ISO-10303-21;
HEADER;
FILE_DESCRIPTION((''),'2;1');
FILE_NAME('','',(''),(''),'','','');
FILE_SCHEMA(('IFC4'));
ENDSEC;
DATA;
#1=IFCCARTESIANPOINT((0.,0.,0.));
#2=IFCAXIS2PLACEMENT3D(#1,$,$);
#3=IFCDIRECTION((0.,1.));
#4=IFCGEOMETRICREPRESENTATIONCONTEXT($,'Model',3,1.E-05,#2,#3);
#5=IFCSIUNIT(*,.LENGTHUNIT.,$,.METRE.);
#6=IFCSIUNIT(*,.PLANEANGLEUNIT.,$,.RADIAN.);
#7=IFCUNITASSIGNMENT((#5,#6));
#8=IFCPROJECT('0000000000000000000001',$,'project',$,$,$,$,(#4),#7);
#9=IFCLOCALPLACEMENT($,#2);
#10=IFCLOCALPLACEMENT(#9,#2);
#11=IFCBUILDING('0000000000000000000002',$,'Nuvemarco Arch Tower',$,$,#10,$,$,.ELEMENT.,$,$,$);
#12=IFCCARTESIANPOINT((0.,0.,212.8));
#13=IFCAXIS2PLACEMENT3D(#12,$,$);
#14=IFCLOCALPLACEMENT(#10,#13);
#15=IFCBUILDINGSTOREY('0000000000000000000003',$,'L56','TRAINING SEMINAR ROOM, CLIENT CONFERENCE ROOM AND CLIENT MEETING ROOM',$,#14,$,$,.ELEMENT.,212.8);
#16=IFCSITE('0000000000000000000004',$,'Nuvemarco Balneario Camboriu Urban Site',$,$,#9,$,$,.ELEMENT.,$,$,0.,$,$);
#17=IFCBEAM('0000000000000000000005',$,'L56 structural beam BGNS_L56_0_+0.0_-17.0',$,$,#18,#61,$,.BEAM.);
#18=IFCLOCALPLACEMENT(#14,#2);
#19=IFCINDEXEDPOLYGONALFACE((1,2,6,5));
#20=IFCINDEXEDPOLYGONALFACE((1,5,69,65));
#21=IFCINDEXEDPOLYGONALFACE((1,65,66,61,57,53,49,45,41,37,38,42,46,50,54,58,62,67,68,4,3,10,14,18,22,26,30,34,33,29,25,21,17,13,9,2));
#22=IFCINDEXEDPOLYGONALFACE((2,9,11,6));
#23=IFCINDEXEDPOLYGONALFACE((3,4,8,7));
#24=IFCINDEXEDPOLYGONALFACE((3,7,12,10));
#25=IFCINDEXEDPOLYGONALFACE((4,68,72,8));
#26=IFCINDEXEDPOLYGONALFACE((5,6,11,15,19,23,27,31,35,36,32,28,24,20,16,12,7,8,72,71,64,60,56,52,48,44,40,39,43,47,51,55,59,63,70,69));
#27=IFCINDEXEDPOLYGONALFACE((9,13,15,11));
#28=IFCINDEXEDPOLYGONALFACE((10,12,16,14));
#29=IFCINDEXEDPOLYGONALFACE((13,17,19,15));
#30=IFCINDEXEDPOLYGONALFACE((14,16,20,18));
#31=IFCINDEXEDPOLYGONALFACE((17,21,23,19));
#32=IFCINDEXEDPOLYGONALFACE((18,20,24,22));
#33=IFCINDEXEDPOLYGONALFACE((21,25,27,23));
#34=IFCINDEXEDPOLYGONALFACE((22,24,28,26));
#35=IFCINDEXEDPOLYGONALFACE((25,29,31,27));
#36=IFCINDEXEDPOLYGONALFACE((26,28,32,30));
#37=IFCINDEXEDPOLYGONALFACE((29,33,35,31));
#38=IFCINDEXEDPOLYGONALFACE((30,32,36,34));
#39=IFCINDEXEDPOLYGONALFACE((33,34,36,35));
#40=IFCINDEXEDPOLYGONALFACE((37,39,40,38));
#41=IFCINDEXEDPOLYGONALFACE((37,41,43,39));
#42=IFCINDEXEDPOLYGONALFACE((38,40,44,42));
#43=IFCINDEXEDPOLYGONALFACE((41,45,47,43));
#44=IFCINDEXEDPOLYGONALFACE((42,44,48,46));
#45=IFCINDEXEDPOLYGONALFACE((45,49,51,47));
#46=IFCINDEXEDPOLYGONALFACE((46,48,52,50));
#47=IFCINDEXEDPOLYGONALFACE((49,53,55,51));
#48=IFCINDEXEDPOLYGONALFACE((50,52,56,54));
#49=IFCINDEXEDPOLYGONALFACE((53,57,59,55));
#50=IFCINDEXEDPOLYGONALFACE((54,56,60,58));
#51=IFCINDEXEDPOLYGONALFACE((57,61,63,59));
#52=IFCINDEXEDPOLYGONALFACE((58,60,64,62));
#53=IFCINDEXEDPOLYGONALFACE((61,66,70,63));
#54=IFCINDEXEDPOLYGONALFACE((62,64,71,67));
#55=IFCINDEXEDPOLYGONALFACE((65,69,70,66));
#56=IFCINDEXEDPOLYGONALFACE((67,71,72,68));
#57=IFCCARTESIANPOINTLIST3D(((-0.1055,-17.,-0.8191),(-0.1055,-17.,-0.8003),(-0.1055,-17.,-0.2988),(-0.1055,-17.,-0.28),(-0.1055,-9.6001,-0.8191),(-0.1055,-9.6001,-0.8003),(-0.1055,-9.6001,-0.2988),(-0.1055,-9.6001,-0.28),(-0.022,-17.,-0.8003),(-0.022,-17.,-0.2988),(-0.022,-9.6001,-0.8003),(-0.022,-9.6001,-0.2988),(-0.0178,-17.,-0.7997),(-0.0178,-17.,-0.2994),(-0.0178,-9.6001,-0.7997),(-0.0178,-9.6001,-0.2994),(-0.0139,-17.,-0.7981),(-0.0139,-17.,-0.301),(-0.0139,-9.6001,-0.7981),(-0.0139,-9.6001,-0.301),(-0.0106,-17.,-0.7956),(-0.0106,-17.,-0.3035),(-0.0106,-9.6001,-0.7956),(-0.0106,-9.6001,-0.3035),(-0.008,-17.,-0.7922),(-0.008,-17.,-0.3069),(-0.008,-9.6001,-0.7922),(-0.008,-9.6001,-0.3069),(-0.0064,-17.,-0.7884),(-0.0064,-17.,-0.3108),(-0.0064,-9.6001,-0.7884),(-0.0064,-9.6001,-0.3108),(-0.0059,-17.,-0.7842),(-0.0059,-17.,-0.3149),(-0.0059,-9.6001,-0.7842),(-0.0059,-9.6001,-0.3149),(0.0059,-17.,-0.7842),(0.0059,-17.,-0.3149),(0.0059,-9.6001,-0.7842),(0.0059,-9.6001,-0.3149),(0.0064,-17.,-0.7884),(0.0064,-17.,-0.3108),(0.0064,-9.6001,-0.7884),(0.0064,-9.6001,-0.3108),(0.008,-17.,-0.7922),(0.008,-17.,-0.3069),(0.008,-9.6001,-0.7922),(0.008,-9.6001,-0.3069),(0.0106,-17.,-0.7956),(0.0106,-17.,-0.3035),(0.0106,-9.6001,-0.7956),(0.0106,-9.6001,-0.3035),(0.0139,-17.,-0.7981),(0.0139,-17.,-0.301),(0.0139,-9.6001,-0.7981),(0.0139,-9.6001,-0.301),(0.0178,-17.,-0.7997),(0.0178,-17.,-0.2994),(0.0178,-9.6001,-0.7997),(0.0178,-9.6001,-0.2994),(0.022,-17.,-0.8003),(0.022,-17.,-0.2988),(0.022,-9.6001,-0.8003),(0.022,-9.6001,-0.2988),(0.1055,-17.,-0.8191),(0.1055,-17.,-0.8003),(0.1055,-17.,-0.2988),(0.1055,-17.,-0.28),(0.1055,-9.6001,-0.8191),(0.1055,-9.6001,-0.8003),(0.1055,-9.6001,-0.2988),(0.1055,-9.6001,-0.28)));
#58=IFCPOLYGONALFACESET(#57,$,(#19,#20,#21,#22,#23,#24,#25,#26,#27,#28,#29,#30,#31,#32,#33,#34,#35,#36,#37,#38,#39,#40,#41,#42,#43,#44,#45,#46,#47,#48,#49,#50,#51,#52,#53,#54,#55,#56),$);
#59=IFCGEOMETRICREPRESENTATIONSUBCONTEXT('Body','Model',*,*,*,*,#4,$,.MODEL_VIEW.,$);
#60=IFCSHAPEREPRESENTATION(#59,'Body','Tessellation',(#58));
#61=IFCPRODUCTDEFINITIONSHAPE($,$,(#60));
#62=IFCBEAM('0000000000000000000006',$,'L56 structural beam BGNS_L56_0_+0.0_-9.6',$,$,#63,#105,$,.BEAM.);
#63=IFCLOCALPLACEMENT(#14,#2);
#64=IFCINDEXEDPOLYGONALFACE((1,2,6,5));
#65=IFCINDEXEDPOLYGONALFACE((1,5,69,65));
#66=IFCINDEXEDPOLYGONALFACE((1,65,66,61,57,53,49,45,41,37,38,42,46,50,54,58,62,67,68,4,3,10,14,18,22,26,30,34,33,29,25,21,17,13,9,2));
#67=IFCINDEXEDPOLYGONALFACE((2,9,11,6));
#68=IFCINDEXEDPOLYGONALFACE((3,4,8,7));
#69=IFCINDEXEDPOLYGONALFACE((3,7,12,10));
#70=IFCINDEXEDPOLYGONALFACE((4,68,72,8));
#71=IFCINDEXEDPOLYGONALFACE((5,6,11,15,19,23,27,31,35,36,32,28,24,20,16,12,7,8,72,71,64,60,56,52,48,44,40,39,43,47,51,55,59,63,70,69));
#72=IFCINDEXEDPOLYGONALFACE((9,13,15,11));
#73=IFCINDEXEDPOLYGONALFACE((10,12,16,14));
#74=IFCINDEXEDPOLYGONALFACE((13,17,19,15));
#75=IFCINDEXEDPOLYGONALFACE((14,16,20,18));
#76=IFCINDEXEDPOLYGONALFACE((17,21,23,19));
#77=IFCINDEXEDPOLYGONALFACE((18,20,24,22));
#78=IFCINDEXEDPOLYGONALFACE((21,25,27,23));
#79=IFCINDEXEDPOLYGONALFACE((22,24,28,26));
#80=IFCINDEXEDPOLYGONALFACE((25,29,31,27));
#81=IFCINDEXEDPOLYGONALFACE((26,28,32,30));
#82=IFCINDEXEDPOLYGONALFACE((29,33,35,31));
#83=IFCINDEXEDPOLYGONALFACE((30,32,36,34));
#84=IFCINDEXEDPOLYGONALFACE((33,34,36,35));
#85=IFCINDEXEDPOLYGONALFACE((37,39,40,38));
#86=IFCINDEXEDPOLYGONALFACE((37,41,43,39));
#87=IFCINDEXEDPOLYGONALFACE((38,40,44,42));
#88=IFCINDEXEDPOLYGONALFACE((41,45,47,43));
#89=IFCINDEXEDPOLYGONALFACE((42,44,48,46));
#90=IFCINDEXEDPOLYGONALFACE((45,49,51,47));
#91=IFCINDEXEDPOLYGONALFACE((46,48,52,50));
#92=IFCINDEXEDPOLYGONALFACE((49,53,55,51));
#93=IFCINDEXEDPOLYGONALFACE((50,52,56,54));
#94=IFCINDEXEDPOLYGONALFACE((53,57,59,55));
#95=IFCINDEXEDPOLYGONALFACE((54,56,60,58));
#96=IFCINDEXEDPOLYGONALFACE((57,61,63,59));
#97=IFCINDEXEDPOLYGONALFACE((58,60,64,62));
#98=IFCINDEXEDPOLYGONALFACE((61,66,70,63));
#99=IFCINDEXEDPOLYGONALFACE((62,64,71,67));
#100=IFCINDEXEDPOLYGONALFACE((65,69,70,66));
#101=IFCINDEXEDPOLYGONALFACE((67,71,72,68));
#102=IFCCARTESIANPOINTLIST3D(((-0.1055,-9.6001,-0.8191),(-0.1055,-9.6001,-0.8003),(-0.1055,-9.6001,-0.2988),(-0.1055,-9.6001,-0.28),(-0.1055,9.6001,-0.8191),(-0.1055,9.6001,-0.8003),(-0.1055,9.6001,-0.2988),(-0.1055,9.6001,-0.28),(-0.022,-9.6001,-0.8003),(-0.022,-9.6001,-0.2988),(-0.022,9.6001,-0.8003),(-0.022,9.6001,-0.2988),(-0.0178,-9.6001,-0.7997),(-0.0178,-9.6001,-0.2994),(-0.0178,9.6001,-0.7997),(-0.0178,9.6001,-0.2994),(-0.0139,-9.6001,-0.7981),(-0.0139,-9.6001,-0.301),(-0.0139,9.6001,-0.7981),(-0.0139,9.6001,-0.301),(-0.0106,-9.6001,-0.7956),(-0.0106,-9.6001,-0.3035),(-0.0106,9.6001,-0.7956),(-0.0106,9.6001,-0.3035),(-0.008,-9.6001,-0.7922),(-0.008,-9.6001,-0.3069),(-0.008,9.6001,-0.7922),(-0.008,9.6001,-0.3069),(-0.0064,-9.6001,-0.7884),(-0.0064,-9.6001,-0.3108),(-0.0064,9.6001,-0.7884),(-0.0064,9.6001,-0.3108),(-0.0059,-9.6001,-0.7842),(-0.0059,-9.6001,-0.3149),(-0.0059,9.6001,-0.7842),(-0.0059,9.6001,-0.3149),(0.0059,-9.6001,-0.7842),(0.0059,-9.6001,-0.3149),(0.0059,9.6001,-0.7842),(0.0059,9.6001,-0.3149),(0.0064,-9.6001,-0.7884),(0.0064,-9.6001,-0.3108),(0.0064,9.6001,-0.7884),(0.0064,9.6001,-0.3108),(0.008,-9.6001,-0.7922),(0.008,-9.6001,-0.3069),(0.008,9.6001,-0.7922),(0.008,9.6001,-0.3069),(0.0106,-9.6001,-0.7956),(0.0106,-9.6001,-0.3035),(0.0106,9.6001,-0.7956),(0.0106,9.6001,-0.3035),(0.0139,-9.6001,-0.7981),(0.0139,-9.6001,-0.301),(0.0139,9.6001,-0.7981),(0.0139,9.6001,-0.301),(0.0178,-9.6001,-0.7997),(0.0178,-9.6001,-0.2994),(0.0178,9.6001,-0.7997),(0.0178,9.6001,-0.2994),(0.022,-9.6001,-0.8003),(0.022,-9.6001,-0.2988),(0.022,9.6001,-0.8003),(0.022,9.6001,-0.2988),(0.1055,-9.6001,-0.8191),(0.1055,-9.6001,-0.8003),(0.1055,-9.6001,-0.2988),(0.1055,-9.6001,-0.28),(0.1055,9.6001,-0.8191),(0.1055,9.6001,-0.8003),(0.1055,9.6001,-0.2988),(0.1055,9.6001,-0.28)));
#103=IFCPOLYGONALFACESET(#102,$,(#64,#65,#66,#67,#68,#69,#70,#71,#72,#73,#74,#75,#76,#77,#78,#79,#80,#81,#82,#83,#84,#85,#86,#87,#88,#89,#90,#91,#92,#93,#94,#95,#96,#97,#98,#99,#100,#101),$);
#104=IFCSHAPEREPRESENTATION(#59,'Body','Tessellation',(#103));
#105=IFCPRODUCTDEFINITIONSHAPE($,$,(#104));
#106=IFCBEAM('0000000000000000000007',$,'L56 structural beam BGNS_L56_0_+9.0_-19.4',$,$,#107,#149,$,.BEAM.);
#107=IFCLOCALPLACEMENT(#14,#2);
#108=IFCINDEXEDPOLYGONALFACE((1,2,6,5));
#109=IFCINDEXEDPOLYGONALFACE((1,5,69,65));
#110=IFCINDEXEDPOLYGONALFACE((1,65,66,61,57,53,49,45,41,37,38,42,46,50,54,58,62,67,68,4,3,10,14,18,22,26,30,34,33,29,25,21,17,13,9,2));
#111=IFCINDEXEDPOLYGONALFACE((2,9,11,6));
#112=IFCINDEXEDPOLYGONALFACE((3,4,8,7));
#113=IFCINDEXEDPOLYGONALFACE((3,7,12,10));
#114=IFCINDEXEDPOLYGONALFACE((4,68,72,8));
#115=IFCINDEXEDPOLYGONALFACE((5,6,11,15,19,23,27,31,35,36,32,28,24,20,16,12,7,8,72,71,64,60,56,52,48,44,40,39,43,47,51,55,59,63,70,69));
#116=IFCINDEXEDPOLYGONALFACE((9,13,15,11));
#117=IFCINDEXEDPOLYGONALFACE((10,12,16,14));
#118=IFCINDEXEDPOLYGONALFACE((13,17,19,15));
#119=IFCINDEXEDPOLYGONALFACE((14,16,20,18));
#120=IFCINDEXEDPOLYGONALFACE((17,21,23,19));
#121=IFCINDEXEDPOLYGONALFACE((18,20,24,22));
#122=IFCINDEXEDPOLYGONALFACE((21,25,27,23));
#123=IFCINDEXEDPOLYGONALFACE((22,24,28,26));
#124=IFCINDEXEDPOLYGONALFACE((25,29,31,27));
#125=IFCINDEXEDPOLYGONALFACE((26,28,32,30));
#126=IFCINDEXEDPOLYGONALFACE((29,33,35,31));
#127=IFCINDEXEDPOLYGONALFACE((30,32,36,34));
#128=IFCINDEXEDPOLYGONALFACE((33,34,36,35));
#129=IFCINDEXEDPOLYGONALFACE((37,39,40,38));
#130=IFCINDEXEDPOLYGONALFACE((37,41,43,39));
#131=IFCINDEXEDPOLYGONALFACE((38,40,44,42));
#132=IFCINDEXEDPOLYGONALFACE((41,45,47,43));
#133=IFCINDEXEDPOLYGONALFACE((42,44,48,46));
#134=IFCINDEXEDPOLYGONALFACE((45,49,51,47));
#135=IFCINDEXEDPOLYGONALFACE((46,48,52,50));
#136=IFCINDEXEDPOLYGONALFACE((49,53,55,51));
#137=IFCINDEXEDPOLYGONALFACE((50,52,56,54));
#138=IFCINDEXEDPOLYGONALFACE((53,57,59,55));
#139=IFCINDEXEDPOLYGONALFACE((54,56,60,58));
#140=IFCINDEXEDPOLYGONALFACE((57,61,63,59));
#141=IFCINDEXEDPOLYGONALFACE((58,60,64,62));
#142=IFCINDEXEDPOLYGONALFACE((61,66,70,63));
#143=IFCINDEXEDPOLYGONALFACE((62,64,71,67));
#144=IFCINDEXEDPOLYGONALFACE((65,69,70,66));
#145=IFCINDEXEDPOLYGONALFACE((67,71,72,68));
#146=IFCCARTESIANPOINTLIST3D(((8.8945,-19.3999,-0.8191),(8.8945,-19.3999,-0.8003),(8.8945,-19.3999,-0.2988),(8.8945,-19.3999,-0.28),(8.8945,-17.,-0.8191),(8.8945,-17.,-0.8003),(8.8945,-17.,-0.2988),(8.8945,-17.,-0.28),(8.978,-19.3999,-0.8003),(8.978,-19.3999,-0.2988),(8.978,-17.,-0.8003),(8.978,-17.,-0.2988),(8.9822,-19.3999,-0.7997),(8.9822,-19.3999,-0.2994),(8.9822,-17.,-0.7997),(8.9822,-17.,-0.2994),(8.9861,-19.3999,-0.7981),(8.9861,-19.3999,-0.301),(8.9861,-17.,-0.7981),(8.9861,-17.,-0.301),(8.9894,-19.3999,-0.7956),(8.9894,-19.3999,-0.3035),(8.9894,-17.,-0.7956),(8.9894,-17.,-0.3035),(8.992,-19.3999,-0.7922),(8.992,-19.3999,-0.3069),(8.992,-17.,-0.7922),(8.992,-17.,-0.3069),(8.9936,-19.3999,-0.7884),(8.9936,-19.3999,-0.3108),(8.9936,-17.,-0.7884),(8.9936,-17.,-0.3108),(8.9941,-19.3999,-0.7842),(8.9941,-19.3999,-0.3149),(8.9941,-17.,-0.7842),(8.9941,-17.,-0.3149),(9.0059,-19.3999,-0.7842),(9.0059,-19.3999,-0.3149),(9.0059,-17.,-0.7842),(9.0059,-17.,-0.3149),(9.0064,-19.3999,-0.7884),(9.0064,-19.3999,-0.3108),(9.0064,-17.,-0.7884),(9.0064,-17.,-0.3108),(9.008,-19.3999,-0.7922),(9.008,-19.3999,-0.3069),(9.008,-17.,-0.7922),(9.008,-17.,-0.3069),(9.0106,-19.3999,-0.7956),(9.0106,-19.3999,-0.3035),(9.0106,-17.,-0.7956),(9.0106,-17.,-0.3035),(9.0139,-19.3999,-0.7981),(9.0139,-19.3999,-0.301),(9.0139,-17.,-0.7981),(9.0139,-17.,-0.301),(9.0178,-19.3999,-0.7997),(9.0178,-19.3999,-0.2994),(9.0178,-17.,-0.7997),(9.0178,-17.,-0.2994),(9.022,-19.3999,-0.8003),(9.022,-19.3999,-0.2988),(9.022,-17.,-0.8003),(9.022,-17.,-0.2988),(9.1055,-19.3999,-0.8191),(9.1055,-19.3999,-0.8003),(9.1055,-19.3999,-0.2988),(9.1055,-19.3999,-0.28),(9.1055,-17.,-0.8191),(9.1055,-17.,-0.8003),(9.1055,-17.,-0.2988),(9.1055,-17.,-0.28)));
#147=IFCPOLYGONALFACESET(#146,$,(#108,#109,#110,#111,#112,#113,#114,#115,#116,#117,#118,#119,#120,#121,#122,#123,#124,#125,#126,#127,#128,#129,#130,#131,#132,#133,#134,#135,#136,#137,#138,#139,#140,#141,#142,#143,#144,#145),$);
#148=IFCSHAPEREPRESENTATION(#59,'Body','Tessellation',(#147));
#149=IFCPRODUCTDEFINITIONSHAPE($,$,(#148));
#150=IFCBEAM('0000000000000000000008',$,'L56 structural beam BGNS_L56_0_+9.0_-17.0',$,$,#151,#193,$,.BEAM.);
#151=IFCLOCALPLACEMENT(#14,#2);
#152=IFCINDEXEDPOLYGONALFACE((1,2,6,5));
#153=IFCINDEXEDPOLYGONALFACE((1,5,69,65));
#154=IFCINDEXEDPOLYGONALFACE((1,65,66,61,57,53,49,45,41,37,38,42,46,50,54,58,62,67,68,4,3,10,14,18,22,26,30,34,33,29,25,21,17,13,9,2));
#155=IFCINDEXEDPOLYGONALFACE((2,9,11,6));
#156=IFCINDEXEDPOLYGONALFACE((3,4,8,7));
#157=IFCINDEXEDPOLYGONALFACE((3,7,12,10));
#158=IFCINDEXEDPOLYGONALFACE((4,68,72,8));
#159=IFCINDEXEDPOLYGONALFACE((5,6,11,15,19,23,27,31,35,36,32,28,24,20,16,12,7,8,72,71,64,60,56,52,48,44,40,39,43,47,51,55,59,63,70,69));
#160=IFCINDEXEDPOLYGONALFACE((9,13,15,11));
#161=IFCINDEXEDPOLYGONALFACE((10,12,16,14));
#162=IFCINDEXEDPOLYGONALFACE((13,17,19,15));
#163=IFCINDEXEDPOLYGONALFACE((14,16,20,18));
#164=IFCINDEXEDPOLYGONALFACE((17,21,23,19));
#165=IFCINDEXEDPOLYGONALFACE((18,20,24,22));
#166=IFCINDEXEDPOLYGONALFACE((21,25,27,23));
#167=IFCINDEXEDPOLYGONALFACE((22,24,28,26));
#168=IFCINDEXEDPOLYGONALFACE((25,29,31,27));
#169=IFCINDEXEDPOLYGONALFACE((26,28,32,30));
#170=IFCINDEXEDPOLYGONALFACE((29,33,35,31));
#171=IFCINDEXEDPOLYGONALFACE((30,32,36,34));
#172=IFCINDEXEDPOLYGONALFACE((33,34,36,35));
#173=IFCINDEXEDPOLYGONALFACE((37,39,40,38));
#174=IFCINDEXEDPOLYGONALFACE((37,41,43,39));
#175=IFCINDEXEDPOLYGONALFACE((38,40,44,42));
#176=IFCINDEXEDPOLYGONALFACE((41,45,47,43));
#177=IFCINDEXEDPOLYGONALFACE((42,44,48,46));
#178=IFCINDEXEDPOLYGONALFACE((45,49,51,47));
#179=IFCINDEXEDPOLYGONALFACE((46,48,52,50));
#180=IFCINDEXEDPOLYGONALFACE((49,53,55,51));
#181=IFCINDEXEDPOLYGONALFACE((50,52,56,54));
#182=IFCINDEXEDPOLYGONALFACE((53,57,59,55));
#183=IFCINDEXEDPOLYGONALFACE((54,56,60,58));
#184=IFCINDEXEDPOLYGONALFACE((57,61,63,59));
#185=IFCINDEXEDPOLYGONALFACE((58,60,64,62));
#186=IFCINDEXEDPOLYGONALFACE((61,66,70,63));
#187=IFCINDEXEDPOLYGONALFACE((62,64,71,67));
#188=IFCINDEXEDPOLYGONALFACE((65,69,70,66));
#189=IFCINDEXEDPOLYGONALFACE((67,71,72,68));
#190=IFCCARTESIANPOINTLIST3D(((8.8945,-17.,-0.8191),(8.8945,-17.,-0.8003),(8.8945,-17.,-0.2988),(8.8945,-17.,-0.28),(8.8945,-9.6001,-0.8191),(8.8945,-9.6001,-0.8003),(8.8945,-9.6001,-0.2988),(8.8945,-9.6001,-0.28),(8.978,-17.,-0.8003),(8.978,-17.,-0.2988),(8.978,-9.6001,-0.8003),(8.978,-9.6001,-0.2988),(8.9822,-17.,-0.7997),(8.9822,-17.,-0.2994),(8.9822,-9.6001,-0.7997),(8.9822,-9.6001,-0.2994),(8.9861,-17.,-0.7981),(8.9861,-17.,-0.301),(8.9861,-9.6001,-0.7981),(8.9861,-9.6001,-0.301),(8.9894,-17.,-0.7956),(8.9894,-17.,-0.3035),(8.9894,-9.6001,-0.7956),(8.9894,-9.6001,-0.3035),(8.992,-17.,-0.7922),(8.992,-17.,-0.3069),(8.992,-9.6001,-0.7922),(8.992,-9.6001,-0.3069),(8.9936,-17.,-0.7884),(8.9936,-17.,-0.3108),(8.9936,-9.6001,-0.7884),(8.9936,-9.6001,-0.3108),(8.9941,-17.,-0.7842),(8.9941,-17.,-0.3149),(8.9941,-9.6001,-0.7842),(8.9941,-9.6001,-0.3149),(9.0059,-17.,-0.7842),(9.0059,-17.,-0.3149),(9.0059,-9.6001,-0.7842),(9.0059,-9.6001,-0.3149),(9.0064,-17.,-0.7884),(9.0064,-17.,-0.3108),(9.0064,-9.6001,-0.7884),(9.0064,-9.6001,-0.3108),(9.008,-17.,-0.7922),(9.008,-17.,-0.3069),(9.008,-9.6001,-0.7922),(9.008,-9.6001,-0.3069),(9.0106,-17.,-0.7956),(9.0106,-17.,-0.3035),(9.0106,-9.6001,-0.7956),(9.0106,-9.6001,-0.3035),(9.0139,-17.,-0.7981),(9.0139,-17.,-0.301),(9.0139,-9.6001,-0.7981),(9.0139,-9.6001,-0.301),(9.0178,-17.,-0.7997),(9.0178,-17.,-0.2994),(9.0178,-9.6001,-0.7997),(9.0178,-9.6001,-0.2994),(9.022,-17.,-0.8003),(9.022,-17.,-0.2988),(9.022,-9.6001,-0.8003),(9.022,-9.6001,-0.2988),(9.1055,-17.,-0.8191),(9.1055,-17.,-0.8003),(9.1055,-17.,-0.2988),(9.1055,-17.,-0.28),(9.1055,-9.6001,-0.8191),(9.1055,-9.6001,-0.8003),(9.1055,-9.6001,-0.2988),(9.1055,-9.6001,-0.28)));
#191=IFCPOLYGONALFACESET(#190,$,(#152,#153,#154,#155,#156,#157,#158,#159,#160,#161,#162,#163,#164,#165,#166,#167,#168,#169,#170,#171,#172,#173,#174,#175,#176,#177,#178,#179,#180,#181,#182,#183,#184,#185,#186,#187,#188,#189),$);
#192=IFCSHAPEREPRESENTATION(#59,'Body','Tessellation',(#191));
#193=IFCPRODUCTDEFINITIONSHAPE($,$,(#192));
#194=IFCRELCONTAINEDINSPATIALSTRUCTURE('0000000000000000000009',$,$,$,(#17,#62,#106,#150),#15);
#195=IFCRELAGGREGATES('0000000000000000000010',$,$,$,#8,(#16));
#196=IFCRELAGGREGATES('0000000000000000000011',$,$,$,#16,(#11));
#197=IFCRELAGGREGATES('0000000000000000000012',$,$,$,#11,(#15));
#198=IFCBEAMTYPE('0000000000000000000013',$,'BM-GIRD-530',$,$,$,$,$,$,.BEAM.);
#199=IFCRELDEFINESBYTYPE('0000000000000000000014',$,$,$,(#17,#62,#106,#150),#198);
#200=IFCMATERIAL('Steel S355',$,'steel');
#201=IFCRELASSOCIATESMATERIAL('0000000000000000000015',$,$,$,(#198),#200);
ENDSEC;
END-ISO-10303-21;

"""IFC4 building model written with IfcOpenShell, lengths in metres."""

from ifc_helpers import new_model, si_unit, direction, frame, origin, origin_2d, place, context, subcontext, project, spatial, i_section, extrude, material, material_profile, profile_set, type_object, element, save


model = new_model("IFC4")

# Units and contexts
model_context = context("Model", 3, precision=1e-05, world=origin(), true_north=direction((0.0, 1.0)))
body_context = subcontext(model_context, "Body", "Model", "MODEL_VIEW")
ifc_project = project(units=[si_unit("LENGTHUNIT", "METRE"), si_unit("PLANEANGLEUNIT", "RADIAN")], contexts=[model_context])

# Site, building, storey
site_placement = place(None, origin())
site = spatial("IfcSite", under=ifc_project, at=site_placement, Name="Nuvemarco Balneario Camboriu Urban Site", CompositionType="ELEMENT", RefElevation=0.0)
building_placement = place(site_placement, origin())
building = spatial("IfcBuilding", under=site, at=building_placement, Name="Nuvemarco Arch Tower", CompositionType="ELEMENT")
storey_placement = place(building_placement, frame((0.0, 0.0, 212.8)))
storey = spatial("IfcBuildingStorey", under=building, at=storey_placement, Name="L56", Description="TRAINING SEMINAR ROOM, CLIENT CONFERENCE ROOM AND CLIENT MEETING ROOM", CompositionType="ELEMENT", Elevation=212.8)

# Shared definitions
ifc_material_1 = material(Name="Steel S355", Category="steel")

# Beams
ifc_material_profile_1 = material_profile(ifc_material_1, i_section(OverallWidth=0.2109, OverallDepth=0.5391, WebThickness=0.0117, FlangeThickness=0.0188, FilletRadius=0.0161, at=origin_2d()), Name="W530x109")
ifc_profile_set_1 = profile_set([ifc_material_profile_1], Name="Steel S355")
beam_type_1 = type_object("IfcBeamType", Name="BM-GIRD-530", PredefinedType="BEAM", material=ifc_profile_set_1)
beam_1_placement = place(storey_placement, frame((0.0, -17.0, -0.5496), z_axis=(0.0, 1.0, 0.0), x_axis=(-1.0, 0.0, 0.0)))
element("IfcBeam", 1, at=beam_1_placement, inside=storey, type_object=beam_type_1, Name="L56 structural beam BGNS_L56_0_+0.0_-17.0", PredefinedType="BEAM", context=body_context, shape_type="SweptSolid", body=[
    extrude(i_section(OverallWidth=0.2109, OverallDepth=0.5391, WebThickness=0.0117, FlangeThickness=0.0188, FilletRadius=0.0161, at=origin_2d()), origin(), (0.0, 0.0, 1.0), 7.3999),
])
beam_2_placement = place(storey_placement, frame((0.0, -9.6001, -0.5496), z_axis=(0.0, 1.0, 0.0), x_axis=(-1.0, 0.0, 0.0)))
element("IfcBeam", 2, at=beam_2_placement, inside=storey, type_object=beam_type_1, Name="L56 structural beam BGNS_L56_0_+0.0_-9.6", PredefinedType="BEAM", context=body_context, shape_type="SweptSolid", body=[
    extrude(i_section(OverallWidth=0.2109, OverallDepth=0.5391, WebThickness=0.0117, FlangeThickness=0.0188, FilletRadius=0.0161, at=origin_2d()), origin(), (0.0, 0.0, 1.0), 19.2002),
])
beam_3_placement = place(storey_placement, frame((9.0, -19.3999, -0.5496), z_axis=(0.0, 1.0, 0.0), x_axis=(-1.0, 0.0, 0.0)))
element("IfcBeam", 3, at=beam_3_placement, inside=storey, type_object=beam_type_1, Name="L56 structural beam BGNS_L56_0_+9.0_-19.4", PredefinedType="BEAM", context=body_context, shape_type="SweptSolid", body=[
    extrude(i_section(OverallWidth=0.2109, OverallDepth=0.5391, WebThickness=0.0117, FlangeThickness=0.0188, FilletRadius=0.0161, at=origin_2d()), origin(), (0.0, 0.0, 1.0), 2.3999),
])
beam_4_placement = place(storey_placement, frame((9.0, -17.0, -0.5496), z_axis=(0.0, 1.0, 0.0), x_axis=(-1.0, 0.0, 0.0)))
element("IfcBeam", 4, at=beam_4_placement, inside=storey, type_object=beam_type_1, Name="L56 structural beam BGNS_L56_0_+9.0_-17.0", PredefinedType="BEAM", context=body_context, shape_type="SweptSolid", body=[
    extrude(i_section(OverallWidth=0.2109, OverallDepth=0.5391, WebThickness=0.0117, FlangeThickness=0.0188, FilletRadius=0.0161, at=origin_2d()), origin(), (0.0, 0.0, 1.0), 7.3999),
])

save(model, "model.ifc")
